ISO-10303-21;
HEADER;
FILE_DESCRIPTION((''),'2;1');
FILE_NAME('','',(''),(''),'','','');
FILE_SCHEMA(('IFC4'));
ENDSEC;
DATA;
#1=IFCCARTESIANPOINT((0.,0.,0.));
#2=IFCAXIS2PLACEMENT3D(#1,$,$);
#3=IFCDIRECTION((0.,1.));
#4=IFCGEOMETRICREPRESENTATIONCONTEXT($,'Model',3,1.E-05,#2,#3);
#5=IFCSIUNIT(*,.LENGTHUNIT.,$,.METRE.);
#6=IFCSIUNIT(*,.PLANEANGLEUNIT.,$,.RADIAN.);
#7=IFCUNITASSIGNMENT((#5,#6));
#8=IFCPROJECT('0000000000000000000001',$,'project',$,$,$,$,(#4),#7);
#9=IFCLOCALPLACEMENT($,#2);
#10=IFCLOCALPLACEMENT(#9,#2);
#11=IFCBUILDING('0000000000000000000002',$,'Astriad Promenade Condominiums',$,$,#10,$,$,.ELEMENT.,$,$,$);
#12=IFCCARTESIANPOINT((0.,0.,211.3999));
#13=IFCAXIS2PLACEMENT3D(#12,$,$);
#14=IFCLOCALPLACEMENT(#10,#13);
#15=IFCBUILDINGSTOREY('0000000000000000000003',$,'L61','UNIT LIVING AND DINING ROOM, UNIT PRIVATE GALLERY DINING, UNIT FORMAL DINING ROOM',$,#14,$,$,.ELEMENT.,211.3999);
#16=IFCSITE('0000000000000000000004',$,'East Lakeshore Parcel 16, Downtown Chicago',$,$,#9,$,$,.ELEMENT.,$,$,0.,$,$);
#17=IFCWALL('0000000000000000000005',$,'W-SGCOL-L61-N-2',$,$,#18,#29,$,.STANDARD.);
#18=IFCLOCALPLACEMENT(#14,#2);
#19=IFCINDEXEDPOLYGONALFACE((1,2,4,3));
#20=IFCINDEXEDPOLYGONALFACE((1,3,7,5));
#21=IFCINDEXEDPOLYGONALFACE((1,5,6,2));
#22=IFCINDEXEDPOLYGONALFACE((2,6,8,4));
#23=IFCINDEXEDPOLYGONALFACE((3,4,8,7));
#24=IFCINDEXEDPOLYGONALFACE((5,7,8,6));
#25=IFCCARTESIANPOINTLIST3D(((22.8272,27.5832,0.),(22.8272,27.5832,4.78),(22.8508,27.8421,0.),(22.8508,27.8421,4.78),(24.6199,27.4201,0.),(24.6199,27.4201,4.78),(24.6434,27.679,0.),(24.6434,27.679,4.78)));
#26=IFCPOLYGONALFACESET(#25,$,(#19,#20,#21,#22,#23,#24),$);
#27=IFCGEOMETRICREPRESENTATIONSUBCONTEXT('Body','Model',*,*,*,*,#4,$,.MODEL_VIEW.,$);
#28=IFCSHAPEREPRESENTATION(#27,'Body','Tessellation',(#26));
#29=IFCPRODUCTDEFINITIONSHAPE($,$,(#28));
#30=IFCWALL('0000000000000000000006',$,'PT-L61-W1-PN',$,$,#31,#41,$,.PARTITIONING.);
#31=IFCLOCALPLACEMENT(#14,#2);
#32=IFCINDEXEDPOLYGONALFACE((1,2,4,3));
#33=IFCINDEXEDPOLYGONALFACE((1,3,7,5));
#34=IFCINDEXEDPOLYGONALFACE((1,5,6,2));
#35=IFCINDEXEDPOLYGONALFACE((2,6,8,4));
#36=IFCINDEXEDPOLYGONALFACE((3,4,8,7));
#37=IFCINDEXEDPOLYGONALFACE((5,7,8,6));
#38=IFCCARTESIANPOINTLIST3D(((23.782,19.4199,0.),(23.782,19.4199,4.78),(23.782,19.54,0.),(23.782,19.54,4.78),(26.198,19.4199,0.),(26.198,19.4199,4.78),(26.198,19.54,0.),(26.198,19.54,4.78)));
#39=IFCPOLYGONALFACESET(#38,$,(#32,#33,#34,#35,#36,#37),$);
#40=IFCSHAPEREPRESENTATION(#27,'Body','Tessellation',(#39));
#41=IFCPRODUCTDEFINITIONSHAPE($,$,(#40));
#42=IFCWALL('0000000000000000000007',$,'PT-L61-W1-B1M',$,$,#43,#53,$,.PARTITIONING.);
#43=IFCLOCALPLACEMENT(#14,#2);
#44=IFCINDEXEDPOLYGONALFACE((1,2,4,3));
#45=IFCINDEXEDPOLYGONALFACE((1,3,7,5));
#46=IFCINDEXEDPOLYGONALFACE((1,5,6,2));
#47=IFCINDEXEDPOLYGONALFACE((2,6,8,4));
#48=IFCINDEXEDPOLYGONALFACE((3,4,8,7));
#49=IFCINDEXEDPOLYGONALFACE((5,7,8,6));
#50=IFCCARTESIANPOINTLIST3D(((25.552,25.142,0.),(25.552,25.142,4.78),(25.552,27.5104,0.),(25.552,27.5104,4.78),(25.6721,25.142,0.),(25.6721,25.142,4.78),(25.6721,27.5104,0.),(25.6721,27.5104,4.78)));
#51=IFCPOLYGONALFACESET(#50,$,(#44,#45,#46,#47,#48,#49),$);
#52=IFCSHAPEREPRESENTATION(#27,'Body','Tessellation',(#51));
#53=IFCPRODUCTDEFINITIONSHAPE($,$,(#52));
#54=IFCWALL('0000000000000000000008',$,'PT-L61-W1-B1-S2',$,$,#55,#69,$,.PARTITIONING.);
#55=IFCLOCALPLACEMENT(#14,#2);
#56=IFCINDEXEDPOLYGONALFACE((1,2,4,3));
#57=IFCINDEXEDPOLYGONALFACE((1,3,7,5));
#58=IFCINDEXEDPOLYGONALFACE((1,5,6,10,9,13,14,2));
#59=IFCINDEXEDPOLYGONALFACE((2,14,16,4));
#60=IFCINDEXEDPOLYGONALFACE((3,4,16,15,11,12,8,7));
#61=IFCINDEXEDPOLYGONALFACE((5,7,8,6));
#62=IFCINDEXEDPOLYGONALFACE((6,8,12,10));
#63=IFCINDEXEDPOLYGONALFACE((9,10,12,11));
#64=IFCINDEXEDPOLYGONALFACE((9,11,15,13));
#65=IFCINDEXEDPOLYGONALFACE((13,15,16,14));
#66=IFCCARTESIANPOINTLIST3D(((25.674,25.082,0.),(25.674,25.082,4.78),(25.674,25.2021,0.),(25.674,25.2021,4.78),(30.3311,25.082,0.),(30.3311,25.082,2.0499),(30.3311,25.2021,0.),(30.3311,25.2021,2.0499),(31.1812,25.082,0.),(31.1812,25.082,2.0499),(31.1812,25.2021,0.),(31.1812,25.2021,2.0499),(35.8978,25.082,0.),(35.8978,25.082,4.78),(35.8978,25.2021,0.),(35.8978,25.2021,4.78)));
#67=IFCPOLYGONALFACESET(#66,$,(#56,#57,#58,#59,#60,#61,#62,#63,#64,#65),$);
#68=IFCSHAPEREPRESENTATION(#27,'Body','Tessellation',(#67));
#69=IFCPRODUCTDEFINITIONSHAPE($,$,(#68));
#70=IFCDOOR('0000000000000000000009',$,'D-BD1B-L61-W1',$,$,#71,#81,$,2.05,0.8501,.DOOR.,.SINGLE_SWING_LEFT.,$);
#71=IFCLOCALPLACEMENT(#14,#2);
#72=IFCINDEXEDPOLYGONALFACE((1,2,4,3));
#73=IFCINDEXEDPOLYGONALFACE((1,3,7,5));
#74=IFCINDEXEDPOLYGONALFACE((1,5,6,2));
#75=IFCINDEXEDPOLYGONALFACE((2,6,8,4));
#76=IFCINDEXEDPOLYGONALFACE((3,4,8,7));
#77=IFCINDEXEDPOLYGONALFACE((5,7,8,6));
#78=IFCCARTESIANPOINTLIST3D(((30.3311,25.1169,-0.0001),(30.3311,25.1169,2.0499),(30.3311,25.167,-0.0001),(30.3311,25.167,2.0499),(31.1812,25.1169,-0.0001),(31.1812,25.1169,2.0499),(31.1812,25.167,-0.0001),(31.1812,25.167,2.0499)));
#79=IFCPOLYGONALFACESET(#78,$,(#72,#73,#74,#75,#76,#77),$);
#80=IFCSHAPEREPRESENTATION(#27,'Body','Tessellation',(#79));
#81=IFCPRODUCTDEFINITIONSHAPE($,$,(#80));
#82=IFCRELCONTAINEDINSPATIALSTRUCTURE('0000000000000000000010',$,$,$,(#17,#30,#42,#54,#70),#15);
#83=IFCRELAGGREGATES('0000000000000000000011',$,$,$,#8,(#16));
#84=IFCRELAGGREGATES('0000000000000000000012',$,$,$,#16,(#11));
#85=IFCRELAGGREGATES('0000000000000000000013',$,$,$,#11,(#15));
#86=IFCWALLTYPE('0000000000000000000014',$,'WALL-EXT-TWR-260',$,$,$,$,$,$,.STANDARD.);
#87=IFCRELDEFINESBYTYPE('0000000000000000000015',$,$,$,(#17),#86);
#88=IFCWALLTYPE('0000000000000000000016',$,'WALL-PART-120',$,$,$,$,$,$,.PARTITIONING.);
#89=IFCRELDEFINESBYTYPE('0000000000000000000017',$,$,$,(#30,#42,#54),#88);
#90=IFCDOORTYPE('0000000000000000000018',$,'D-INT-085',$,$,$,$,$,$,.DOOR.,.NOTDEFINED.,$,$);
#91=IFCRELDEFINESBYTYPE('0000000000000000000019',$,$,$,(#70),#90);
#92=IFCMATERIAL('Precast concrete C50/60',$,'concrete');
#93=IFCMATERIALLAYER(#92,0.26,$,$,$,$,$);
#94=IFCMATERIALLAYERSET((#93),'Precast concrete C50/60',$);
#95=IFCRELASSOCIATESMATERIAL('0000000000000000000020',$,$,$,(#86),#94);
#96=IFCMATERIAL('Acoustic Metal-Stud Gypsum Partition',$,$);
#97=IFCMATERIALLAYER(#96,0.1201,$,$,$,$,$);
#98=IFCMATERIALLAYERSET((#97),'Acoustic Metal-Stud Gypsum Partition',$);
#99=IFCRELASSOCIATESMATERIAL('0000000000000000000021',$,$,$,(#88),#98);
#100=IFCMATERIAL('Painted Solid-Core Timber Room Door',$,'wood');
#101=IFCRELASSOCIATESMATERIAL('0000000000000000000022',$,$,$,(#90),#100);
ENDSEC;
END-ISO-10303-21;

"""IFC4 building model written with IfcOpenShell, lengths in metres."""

from ifc_helpers import new_model, si_unit, direction, frame, frame_2d, origin, place, context, subcontext, project, spatial, rectangle, extrude, source, transform, mapped, material, layer, layer_set, type_object, type_shapes, element, fill, save


model = new_model("IFC4")

# Units and contexts
model_context = context("Model", 3, precision=1e-05, world=origin(), true_north=direction((0.0, 1.0)))
body_context = subcontext(model_context, "Body", "Model", "MODEL_VIEW")
ifc_project = project(units=[si_unit("LENGTHUNIT", "METRE"), si_unit("PLANEANGLEUNIT", "RADIAN")], contexts=[model_context])

# Site, building, storey
site_placement = place(None, origin())
site = spatial("IfcSite", under=ifc_project, at=site_placement, Name="East Lakeshore Parcel 16, Downtown Chicago", CompositionType="ELEMENT", RefElevation=0.0)
building_placement = place(site_placement, origin())
building = spatial("IfcBuilding", under=site, at=building_placement, Name="Astriad Promenade Condominiums", CompositionType="ELEMENT")
storey_placement = place(building_placement, frame((0.0, 0.0, 211.3999)))
storey = spatial("IfcBuildingStorey", under=building, at=storey_placement, Name="L61", Description="UNIT LIVING AND DINING ROOM, UNIT PRIVATE GALLERY DINING, UNIT FORMAL DINING ROOM", CompositionType="ELEMENT", Elevation=211.3999)

# Walls
ifc_material_1 = material(Name="Precast concrete C50/60", Category="concrete")
ifc_layer_1 = layer(ifc_material_1, 0.26)
ifc_layer_set_1 = layer_set([ifc_layer_1], Name="Precast concrete C50/60")
wall_type_1 = type_object("IfcWallType", Name="WALL-EXT-TWR-260", PredefinedType="STANDARD", material=ifc_layer_set_1)
wall_1_placement = place(storey_placement, frame((22.8391, 27.7126, 0.0), z_axis=(0.0, 0.0, 1.0), x_axis=(0.995888, -0.090597, 0.0)))
element("IfcWall", 1, at=wall_1_placement, inside=storey, type_object=wall_type_1, Name="W-SGCOL-L61-N-2", PredefinedType="STANDARD", context=body_context, shape_type="SweptSolid", body=[
    extrude(rectangle(XDim=1.8, YDim=0.26, at=frame_2d((0.8999, 0.0))), origin(), (0.0, 0.0, 1.0), 4.78),
])
ifc_material_2 = material(Name="Acoustic Metal-Stud Gypsum Partition")
ifc_layer_2 = layer(ifc_material_2, 0.1201)
ifc_layer_set_2 = layer_set([ifc_layer_2], Name="Acoustic Metal-Stud Gypsum Partition")
wall_type_2 = type_object("IfcWallType", Name="WALL-PART-120", PredefinedType="PARTITIONING", material=ifc_layer_set_2)
wall_2_placement = place(storey_placement, frame((23.782, 19.48, 0.0), z_axis=(0.0, 0.0, 1.0), x_axis=(1.0, 0.0, 0.0)))
element("IfcWall", 2, at=wall_2_placement, inside=storey, type_object=wall_type_2, Name="PT-L61-W1-PN", PredefinedType="PARTITIONING", context=body_context, shape_type="SweptSolid", body=[
    extrude(rectangle(XDim=2.416, YDim=0.1201, at=frame_2d((1.208, 0.0))), origin(), (0.0, 0.0, 1.0), 4.78),
])
wall_3_placement = place(storey_placement, frame((25.6121, 25.1421, 0.0), z_axis=(0.0, 0.0, 1.0), x_axis=(0.0, 1.0, 0.0)))
element("IfcWall", 3, at=wall_3_placement, inside=storey, type_object=wall_type_2, Name="PT-L61-W1-B1M", PredefinedType="PARTITIONING", context=body_context, shape_type="SweptSolid", body=[
    extrude(rectangle(XDim=2.3684, YDim=0.1201, at=frame_2d((1.1841, 0.0))), origin(), (0.0, 0.0, 1.0), 4.78),
])

# Wall, opening, door
wall_4_placement = place(storey_placement, frame((25.6741, 25.1421, 0.0), z_axis=(0.0, 0.0, 1.0), x_axis=(1.0, 0.0, 0.0)))
wall_4 = element("IfcWall", 4, at=wall_4_placement, inside=storey, type_object=wall_type_2, Name="PT-L61-W1-B1-S2", PredefinedType="PARTITIONING", context=body_context, shape_type="SweptSolid", body=[
    extrude(rectangle(XDim=10.2239, YDim=0.1201, at=frame_2d((5.1118, 0.0))), origin(), (0.0, 0.0, 1.0), 4.78),
])
opening_placement = place(wall_4_placement, frame((4.657, 0.0, 0.0)))
opening = element("IfcOpeningElement", 5, at=opening_placement, cuts=wall_4, PredefinedType="OPENING", context=body_context, shape_type="SweptSolid", body=[
    extrude(rectangle(XDim=0.8501, YDim=2.05, at=frame_2d((0.425, 1.0249))), frame((0.0, 0.0701, 0.0), z_axis=(0.0, -1.0, 0.0), x_axis=(1.0, 0.0, 0.0)), (0.0, 0.0, 1.0), 0.1401),
])
ifc_material_3 = material(Name="Painted Solid-Core Timber Room Door", Category="wood")
door_type = type_object("IfcDoorType", Name="D-INT-085", OperationType="NOTDEFINED", PredefinedType="DOOR", material=ifc_material_3)
shared_shape_1 = source(origin(), body_context, "Body", "SweptSolid", [
    extrude(rectangle(XDim=0.8501, YDim=2.05, at=frame_2d((0.425, 1.0249))), frame((0.0, 0.0249, 0.0), z_axis=(0.0, -1.0, 0.0), x_axis=(1.0, 0.0, 0.0)), (0.0, 0.0, 1.0), 0.05),
])
type_shapes(door_type, [shared_shape_1])
door_placement = place(opening_placement, origin())
door = element("IfcDoor", 6, at=door_placement, inside=storey, type_object=door_type, Name="D-BD1B-L61-W1", OperationType="SINGLE_SWING_LEFT", OverallHeight=2.05, OverallWidth=0.8501, PredefinedType="DOOR", context=body_context, shape_type="MappedRepresentation", body=[
    mapped(shared_shape_1, transform((0.0, 0.0, 0.0), scale=1.0)),
])
fill(opening, door)

save(model, "model.ifc")
